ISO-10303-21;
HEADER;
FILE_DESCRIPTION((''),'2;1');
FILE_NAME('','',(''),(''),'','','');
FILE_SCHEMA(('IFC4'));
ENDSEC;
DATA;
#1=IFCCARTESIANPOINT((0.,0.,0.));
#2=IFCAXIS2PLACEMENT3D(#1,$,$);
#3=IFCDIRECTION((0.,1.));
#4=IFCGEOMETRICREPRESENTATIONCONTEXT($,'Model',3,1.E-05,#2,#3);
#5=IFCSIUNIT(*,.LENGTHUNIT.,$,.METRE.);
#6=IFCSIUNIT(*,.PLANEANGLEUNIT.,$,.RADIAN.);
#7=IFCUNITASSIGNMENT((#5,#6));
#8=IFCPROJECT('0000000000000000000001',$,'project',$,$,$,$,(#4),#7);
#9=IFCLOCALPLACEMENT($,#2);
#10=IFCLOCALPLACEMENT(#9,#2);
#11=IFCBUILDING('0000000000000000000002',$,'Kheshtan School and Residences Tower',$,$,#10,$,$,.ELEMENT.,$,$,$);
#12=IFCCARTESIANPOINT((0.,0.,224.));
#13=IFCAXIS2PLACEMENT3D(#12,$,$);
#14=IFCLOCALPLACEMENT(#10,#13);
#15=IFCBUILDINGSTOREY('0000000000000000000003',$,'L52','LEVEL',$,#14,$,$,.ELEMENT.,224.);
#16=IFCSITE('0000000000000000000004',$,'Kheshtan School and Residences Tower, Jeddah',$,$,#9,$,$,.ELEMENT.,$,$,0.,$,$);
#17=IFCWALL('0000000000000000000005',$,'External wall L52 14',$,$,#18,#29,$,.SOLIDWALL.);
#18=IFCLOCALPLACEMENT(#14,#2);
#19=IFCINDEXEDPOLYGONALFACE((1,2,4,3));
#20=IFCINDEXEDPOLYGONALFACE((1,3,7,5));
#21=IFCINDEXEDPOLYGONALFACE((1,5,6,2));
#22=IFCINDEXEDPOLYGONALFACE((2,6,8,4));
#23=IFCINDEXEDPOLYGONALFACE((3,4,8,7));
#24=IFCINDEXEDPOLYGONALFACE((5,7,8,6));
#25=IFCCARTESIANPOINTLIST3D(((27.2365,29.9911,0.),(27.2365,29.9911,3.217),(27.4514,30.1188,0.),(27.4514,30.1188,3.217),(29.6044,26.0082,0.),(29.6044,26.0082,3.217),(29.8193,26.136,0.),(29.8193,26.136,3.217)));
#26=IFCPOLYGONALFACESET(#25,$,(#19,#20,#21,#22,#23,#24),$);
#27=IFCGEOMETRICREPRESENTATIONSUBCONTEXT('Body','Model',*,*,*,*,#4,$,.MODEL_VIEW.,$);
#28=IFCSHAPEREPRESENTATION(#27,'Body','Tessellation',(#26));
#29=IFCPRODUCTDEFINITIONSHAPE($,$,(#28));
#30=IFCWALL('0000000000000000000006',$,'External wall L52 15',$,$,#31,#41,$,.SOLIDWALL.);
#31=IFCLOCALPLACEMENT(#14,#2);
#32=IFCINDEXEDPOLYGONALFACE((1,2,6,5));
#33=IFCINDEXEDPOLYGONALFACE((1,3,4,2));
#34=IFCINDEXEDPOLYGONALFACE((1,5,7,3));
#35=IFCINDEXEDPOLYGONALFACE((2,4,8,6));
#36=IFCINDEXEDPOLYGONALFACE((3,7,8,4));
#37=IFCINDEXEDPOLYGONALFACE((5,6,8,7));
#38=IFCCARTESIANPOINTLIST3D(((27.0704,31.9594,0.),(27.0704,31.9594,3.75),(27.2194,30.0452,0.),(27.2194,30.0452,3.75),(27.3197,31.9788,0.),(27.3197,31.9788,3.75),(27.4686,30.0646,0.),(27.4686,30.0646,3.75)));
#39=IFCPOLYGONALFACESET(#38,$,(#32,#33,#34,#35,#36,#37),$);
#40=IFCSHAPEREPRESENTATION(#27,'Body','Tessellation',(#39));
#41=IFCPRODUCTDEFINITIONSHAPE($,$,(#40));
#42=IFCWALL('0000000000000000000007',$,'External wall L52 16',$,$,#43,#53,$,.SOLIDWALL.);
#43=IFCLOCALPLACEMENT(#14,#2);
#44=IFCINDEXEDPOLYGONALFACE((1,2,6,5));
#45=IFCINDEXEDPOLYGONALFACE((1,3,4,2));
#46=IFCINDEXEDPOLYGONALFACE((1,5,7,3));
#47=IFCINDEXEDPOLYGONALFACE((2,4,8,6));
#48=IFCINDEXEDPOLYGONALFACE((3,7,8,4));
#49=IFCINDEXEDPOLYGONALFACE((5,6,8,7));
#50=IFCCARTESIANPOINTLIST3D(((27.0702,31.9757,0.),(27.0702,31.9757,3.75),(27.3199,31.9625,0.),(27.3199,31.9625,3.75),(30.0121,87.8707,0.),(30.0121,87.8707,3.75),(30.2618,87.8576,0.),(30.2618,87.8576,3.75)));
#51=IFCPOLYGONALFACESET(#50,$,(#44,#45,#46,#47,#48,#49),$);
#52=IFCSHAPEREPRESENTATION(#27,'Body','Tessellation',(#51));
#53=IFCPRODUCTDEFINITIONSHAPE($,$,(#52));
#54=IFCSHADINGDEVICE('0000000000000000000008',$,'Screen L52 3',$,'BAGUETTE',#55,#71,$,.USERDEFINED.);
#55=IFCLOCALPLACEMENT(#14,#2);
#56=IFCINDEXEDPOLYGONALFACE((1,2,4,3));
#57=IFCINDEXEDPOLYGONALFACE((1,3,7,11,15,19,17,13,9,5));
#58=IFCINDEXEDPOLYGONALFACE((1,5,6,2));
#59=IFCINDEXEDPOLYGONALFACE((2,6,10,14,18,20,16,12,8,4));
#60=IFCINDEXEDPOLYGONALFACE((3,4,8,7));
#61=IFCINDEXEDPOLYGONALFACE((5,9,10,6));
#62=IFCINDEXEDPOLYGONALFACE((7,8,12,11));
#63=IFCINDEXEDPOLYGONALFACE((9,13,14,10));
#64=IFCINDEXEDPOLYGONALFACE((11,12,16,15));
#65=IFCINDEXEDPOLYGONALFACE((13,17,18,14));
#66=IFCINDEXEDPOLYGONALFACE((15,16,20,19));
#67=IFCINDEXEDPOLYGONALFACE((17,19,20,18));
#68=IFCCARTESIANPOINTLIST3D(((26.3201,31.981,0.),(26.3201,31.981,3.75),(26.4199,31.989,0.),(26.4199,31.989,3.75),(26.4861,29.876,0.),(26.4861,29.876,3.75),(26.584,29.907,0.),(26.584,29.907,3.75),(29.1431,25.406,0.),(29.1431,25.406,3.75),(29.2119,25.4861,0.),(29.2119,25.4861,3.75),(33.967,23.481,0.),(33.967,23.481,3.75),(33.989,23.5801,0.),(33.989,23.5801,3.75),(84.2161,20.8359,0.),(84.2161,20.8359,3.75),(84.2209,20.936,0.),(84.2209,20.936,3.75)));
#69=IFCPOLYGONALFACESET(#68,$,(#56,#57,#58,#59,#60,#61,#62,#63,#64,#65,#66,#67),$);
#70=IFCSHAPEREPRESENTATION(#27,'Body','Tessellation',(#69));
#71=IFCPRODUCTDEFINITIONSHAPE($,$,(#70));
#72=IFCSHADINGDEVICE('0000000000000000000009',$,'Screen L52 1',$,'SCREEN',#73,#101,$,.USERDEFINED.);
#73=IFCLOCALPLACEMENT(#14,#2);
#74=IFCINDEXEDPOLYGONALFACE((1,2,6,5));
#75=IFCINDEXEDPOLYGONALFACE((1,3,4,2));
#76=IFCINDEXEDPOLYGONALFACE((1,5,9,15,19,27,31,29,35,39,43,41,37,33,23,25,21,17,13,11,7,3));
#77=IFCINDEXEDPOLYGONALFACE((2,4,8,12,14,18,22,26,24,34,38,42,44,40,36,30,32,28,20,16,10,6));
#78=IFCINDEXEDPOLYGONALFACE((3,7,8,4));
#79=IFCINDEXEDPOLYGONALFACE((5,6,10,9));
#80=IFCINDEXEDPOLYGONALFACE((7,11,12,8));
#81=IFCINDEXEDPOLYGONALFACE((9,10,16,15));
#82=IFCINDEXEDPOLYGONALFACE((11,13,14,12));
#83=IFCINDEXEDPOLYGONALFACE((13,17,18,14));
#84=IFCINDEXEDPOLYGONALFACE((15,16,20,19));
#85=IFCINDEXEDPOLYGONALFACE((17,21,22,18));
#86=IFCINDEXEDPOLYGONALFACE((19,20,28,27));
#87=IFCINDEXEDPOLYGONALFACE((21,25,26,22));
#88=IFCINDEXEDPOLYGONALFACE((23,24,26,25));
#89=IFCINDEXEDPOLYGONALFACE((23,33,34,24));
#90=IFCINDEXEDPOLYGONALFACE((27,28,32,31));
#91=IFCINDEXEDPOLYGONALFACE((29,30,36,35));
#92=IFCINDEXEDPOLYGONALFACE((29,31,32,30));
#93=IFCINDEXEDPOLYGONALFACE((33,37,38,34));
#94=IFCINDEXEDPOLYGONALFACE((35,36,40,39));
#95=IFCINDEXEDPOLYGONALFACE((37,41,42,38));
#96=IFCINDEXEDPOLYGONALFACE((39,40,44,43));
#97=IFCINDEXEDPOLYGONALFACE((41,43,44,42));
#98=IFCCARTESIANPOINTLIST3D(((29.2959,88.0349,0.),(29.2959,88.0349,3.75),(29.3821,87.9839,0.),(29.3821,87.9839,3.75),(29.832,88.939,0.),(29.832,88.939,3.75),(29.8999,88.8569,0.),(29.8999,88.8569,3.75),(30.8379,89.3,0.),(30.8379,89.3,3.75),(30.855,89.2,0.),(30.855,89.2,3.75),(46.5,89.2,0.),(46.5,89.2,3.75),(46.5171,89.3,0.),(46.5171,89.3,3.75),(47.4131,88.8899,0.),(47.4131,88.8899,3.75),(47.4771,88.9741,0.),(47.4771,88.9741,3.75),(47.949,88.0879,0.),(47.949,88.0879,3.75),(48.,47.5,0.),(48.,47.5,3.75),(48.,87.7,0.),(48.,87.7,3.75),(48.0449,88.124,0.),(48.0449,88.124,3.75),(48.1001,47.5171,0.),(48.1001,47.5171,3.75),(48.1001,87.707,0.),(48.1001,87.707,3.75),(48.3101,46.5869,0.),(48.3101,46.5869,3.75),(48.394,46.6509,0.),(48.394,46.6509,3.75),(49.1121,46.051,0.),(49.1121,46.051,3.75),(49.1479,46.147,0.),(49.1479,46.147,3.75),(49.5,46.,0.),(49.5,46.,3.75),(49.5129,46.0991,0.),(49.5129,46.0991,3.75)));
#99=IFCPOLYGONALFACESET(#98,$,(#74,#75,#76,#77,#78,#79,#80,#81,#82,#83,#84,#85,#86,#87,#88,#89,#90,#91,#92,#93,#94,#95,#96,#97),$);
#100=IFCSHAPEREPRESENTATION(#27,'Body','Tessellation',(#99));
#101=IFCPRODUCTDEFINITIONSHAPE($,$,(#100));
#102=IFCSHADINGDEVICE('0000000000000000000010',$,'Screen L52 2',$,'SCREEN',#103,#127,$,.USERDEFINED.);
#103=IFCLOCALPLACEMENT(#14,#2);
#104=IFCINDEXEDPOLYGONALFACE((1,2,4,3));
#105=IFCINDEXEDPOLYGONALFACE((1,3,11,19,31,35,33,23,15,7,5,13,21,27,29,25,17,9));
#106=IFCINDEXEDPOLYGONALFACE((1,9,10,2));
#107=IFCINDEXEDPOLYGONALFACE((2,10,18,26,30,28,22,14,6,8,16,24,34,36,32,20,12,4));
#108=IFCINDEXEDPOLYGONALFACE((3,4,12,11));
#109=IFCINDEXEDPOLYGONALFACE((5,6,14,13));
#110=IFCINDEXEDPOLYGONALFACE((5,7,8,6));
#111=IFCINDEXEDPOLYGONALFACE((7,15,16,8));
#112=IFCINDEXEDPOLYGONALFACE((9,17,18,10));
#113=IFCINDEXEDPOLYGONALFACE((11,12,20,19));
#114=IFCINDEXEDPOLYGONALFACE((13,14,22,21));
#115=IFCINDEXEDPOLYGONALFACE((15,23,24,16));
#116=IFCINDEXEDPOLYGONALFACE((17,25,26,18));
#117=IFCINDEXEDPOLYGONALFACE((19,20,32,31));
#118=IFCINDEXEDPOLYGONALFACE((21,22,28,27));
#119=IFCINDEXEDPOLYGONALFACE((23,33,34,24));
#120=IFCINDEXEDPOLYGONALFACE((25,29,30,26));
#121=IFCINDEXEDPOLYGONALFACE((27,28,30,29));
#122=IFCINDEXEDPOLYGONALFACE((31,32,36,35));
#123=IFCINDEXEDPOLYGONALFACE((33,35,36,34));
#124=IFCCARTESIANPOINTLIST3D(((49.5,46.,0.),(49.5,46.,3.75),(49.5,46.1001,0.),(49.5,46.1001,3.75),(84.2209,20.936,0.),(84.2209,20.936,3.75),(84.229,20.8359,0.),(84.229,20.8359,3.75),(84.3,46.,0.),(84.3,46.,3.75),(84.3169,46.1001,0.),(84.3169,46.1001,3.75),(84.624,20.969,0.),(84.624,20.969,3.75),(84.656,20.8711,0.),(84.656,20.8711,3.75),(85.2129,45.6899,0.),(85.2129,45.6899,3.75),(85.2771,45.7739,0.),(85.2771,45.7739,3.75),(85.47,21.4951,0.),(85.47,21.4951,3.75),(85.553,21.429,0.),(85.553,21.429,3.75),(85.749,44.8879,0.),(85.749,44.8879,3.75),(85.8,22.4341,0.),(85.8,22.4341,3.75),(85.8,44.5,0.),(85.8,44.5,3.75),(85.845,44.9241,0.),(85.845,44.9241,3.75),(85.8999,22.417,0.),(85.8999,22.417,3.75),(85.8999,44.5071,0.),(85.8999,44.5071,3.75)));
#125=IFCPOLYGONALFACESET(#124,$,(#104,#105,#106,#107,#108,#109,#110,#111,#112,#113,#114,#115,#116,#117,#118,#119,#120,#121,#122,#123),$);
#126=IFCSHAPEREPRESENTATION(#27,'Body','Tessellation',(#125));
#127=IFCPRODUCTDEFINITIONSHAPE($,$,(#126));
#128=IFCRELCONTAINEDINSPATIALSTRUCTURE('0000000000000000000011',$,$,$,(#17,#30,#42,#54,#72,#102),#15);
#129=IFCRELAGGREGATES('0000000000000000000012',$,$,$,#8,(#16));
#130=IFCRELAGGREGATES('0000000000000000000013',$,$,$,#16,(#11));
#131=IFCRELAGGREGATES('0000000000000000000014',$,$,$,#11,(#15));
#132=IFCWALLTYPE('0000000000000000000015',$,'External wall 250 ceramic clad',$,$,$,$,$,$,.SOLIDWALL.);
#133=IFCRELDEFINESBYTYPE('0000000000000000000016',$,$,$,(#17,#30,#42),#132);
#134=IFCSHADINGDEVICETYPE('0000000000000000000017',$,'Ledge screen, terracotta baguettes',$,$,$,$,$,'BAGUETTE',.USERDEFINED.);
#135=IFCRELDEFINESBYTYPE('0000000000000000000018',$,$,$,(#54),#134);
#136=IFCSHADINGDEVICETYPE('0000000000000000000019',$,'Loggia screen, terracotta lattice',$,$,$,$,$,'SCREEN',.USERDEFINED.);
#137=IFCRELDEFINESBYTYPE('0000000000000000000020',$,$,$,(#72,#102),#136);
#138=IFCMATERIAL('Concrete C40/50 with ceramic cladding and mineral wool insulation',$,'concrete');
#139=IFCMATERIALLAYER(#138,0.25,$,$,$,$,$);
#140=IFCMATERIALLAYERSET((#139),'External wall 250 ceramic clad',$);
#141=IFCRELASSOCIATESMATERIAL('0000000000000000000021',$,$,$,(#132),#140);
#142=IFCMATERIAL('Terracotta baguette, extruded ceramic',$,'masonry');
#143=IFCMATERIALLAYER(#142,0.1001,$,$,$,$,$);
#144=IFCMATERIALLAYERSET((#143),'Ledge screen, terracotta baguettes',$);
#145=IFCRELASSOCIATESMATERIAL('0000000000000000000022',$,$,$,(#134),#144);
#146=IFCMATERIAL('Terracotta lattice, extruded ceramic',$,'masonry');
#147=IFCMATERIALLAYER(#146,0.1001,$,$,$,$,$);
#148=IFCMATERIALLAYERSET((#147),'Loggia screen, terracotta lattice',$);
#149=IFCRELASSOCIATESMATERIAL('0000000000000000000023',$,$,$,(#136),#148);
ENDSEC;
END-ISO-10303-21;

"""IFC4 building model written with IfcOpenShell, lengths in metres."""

from ifc_helpers import new_model, si_unit, direction, frame, frame_2d, origin, place, context, subcontext, project, spatial, polyline, rectangle, outline, extrude, material, layer, layer_set, type_object, element, save


model = new_model("IFC4")

# Units and contexts
model_context = context("Model", 3, precision=1e-05, world=origin(), true_north=direction((0.0, 1.0)))
body_context = subcontext(model_context, "Body", "Model", "MODEL_VIEW")
ifc_project = project(units=[si_unit("LENGTHUNIT", "METRE"), si_unit("PLANEANGLEUNIT", "RADIAN")], contexts=[model_context])

# Site, building, storey
site_placement = place(None, origin())
site = spatial("IfcSite", under=ifc_project, at=site_placement, Name="Kheshtan School and Residences Tower, Jeddah", CompositionType="ELEMENT", RefElevation=0.0)
building_placement = place(site_placement, origin())
building = spatial("IfcBuilding", under=site, at=building_placement, Name="Kheshtan School and Residences Tower", CompositionType="ELEMENT")
storey_placement = place(building_placement, frame((0.0, 0.0, 224.0)))
storey = spatial("IfcBuildingStorey", under=building, at=storey_placement, Name="L52", Description="LEVEL", CompositionType="ELEMENT", Elevation=224.0)

# Walls
ifc_material_1 = material(Name="Concrete C40/50 with ceramic cladding and mineral wool insulation", Category="concrete")
ifc_layer_1 = layer(ifc_material_1, 0.25)
ifc_layer_set_1 = layer_set([ifc_layer_1], Name="External wall 250 ceramic clad")
wall_type = type_object("IfcWallType", Name="External wall 250 ceramic clad", PredefinedType="SOLIDWALL", material=ifc_layer_set_1)
wall_1_placement = place(storey_placement, frame((29.7119, 26.072, 0.0), z_axis=(0.0, 0.0, 1.0), x_axis=(-0.511028, 0.859564, 0.0)))
element("IfcWall", 1, at=wall_1_placement, inside=storey, type_object=wall_type, Name="External wall L52 14", PredefinedType="SOLIDWALL", context=body_context, shape_type="SweptSolid", body=[
    extrude(rectangle(XDim=4.6335, YDim=0.25, at=frame_2d((2.3169, 0.0))), origin(), (0.0, 0.0, 1.0), 3.217),
])
wall_2_placement = place(storey_placement, frame((27.344, 30.0549, 0.0), z_axis=(0.0, 0.0, 1.0), x_axis=(-0.077572, 0.996987, 0.0)))
element("IfcWall", 2, at=wall_2_placement, inside=storey, type_object=wall_type, Name="External wall L52 15", PredefinedType="SOLIDWALL", context=body_context, shape_type="SweptSolid", body=[
    extrude(rectangle(XDim=1.9199, YDim=0.25, at=frame_2d((0.96, 0.0))), origin(), (0.0, 0.0, 1.0), 3.75),
])
wall_3_placement = place(storey_placement, frame((27.1951, 31.969, 0.0), z_axis=(0.0, 0.0, 1.0), x_axis=(0.05256, 0.998618, 0.0)))
element("IfcWall", 3, at=wall_3_placement, inside=storey, type_object=wall_type, Name="External wall L52 16", PredefinedType="SOLIDWALL", context=body_context, shape_type="SweptSolid", body=[
    extrude(rectangle(XDim=55.9724, YDim=0.25, at=frame_2d((27.9863, 0.0))), origin(), (0.0, 0.0, 1.0), 3.75),
])

# Shading devices
ifc_material_2 = material(Name="Terracotta baguette, extruded ceramic", Category="masonry")
ifc_layer_2 = layer(ifc_material_2, 0.1001)
ifc_layer_set_2 = layer_set([ifc_layer_2], Name="Ledge screen, terracotta baguettes")
shading_device_type_1 = type_object("IfcShadingDeviceType", Name="Ledge screen, terracotta baguettes", ElementType="BAGUETTE", PredefinedType="USERDEFINED", material=ifc_layer_set_2)
shading_device_1_placement = place(storey_placement, origin())
element("IfcShadingDevice", 4, at=shading_device_1_placement, inside=storey, type_object=shading_device_type_1, Name="Screen L52 3", ObjectType="BAGUETTE", PredefinedType="USERDEFINED", context=body_context, shape_type="SweptSolid", body=[
    extrude(outline(polyline([(84.2209, 20.936), (33.989, 23.5801), (29.2119, 25.4861), (26.584, 29.907), (26.4199, 31.989), (26.3201, 31.981), (26.4861, 29.876), (29.1431, 25.406), (33.967, 23.481), (84.2161, 20.8359), (84.2209, 20.936)])), origin(), (0.0, 0.0, 1.0), 3.75),
])
ifc_material_3 = material(Name="Terracotta lattice, extruded ceramic", Category="masonry")
ifc_layer_3 = layer(ifc_material_3, 0.1001)
ifc_layer_set_3 = layer_set([ifc_layer_3], Name="Loggia screen, terracotta lattice")
shading_device_type_2 = type_object("IfcShadingDeviceType", Name="Loggia screen, terracotta lattice", ElementType="SCREEN", PredefinedType="USERDEFINED", material=ifc_layer_set_3)
shading_device_2_placement = place(storey_placement, origin())
element("IfcShadingDevice", 5, at=shading_device_2_placement, inside=storey, type_object=shading_device_type_2, Name="Screen L52 1", ObjectType="SCREEN", PredefinedType="USERDEFINED", context=body_context, shape_type="SweptSolid", body=[
    extrude(outline(polyline([(29.3821, 87.9839), (29.8999, 88.8569), (30.855, 89.2), (46.5, 89.2), (47.4131, 88.8899), (47.949, 88.0879), (48.0, 87.7), (48.0, 47.5), (48.3101, 46.5869), (49.1121, 46.051), (49.5, 46.0), (49.5129, 46.0991), (49.1479, 46.147), (48.394, 46.6509), (48.1001, 47.5171), (48.1001, 87.707), (48.0449, 88.124), (47.4771, 88.9741), (46.5171, 89.3), (30.8379, 89.3), (29.832, 88.939), (29.2959, 88.0349), (29.3821, 87.9839)])), origin(), (0.0, 0.0, 1.0), 3.75),
])
shading_device_3_placement = place(storey_placement, origin())
element("IfcShadingDevice", 6, at=shading_device_3_placement, inside=storey, type_object=shading_device_type_2, Name="Screen L52 2", ObjectType="SCREEN", PredefinedType="USERDEFINED", context=body_context, shape_type="SweptSolid", body=[
    extrude(outline(polyline([(49.5, 46.0), (84.3, 46.0), (85.2129, 45.6899), (85.749, 44.8879), (85.8, 44.5), (85.8, 22.4341), (85.47, 21.4951), (84.624, 20.969), (84.2209, 20.936), (84.229, 20.8359), (84.656, 20.8711), (85.553, 21.429), (85.8999, 22.417), (85.8999, 44.5071), (85.845, 44.9241), (85.2771, 45.7739), (84.3169, 46.1001), (49.5, 46.1001), (49.5, 46.0)])), origin(), (0.0, 0.0, 1.0), 3.75),
])

save(model, "model.ifc")
